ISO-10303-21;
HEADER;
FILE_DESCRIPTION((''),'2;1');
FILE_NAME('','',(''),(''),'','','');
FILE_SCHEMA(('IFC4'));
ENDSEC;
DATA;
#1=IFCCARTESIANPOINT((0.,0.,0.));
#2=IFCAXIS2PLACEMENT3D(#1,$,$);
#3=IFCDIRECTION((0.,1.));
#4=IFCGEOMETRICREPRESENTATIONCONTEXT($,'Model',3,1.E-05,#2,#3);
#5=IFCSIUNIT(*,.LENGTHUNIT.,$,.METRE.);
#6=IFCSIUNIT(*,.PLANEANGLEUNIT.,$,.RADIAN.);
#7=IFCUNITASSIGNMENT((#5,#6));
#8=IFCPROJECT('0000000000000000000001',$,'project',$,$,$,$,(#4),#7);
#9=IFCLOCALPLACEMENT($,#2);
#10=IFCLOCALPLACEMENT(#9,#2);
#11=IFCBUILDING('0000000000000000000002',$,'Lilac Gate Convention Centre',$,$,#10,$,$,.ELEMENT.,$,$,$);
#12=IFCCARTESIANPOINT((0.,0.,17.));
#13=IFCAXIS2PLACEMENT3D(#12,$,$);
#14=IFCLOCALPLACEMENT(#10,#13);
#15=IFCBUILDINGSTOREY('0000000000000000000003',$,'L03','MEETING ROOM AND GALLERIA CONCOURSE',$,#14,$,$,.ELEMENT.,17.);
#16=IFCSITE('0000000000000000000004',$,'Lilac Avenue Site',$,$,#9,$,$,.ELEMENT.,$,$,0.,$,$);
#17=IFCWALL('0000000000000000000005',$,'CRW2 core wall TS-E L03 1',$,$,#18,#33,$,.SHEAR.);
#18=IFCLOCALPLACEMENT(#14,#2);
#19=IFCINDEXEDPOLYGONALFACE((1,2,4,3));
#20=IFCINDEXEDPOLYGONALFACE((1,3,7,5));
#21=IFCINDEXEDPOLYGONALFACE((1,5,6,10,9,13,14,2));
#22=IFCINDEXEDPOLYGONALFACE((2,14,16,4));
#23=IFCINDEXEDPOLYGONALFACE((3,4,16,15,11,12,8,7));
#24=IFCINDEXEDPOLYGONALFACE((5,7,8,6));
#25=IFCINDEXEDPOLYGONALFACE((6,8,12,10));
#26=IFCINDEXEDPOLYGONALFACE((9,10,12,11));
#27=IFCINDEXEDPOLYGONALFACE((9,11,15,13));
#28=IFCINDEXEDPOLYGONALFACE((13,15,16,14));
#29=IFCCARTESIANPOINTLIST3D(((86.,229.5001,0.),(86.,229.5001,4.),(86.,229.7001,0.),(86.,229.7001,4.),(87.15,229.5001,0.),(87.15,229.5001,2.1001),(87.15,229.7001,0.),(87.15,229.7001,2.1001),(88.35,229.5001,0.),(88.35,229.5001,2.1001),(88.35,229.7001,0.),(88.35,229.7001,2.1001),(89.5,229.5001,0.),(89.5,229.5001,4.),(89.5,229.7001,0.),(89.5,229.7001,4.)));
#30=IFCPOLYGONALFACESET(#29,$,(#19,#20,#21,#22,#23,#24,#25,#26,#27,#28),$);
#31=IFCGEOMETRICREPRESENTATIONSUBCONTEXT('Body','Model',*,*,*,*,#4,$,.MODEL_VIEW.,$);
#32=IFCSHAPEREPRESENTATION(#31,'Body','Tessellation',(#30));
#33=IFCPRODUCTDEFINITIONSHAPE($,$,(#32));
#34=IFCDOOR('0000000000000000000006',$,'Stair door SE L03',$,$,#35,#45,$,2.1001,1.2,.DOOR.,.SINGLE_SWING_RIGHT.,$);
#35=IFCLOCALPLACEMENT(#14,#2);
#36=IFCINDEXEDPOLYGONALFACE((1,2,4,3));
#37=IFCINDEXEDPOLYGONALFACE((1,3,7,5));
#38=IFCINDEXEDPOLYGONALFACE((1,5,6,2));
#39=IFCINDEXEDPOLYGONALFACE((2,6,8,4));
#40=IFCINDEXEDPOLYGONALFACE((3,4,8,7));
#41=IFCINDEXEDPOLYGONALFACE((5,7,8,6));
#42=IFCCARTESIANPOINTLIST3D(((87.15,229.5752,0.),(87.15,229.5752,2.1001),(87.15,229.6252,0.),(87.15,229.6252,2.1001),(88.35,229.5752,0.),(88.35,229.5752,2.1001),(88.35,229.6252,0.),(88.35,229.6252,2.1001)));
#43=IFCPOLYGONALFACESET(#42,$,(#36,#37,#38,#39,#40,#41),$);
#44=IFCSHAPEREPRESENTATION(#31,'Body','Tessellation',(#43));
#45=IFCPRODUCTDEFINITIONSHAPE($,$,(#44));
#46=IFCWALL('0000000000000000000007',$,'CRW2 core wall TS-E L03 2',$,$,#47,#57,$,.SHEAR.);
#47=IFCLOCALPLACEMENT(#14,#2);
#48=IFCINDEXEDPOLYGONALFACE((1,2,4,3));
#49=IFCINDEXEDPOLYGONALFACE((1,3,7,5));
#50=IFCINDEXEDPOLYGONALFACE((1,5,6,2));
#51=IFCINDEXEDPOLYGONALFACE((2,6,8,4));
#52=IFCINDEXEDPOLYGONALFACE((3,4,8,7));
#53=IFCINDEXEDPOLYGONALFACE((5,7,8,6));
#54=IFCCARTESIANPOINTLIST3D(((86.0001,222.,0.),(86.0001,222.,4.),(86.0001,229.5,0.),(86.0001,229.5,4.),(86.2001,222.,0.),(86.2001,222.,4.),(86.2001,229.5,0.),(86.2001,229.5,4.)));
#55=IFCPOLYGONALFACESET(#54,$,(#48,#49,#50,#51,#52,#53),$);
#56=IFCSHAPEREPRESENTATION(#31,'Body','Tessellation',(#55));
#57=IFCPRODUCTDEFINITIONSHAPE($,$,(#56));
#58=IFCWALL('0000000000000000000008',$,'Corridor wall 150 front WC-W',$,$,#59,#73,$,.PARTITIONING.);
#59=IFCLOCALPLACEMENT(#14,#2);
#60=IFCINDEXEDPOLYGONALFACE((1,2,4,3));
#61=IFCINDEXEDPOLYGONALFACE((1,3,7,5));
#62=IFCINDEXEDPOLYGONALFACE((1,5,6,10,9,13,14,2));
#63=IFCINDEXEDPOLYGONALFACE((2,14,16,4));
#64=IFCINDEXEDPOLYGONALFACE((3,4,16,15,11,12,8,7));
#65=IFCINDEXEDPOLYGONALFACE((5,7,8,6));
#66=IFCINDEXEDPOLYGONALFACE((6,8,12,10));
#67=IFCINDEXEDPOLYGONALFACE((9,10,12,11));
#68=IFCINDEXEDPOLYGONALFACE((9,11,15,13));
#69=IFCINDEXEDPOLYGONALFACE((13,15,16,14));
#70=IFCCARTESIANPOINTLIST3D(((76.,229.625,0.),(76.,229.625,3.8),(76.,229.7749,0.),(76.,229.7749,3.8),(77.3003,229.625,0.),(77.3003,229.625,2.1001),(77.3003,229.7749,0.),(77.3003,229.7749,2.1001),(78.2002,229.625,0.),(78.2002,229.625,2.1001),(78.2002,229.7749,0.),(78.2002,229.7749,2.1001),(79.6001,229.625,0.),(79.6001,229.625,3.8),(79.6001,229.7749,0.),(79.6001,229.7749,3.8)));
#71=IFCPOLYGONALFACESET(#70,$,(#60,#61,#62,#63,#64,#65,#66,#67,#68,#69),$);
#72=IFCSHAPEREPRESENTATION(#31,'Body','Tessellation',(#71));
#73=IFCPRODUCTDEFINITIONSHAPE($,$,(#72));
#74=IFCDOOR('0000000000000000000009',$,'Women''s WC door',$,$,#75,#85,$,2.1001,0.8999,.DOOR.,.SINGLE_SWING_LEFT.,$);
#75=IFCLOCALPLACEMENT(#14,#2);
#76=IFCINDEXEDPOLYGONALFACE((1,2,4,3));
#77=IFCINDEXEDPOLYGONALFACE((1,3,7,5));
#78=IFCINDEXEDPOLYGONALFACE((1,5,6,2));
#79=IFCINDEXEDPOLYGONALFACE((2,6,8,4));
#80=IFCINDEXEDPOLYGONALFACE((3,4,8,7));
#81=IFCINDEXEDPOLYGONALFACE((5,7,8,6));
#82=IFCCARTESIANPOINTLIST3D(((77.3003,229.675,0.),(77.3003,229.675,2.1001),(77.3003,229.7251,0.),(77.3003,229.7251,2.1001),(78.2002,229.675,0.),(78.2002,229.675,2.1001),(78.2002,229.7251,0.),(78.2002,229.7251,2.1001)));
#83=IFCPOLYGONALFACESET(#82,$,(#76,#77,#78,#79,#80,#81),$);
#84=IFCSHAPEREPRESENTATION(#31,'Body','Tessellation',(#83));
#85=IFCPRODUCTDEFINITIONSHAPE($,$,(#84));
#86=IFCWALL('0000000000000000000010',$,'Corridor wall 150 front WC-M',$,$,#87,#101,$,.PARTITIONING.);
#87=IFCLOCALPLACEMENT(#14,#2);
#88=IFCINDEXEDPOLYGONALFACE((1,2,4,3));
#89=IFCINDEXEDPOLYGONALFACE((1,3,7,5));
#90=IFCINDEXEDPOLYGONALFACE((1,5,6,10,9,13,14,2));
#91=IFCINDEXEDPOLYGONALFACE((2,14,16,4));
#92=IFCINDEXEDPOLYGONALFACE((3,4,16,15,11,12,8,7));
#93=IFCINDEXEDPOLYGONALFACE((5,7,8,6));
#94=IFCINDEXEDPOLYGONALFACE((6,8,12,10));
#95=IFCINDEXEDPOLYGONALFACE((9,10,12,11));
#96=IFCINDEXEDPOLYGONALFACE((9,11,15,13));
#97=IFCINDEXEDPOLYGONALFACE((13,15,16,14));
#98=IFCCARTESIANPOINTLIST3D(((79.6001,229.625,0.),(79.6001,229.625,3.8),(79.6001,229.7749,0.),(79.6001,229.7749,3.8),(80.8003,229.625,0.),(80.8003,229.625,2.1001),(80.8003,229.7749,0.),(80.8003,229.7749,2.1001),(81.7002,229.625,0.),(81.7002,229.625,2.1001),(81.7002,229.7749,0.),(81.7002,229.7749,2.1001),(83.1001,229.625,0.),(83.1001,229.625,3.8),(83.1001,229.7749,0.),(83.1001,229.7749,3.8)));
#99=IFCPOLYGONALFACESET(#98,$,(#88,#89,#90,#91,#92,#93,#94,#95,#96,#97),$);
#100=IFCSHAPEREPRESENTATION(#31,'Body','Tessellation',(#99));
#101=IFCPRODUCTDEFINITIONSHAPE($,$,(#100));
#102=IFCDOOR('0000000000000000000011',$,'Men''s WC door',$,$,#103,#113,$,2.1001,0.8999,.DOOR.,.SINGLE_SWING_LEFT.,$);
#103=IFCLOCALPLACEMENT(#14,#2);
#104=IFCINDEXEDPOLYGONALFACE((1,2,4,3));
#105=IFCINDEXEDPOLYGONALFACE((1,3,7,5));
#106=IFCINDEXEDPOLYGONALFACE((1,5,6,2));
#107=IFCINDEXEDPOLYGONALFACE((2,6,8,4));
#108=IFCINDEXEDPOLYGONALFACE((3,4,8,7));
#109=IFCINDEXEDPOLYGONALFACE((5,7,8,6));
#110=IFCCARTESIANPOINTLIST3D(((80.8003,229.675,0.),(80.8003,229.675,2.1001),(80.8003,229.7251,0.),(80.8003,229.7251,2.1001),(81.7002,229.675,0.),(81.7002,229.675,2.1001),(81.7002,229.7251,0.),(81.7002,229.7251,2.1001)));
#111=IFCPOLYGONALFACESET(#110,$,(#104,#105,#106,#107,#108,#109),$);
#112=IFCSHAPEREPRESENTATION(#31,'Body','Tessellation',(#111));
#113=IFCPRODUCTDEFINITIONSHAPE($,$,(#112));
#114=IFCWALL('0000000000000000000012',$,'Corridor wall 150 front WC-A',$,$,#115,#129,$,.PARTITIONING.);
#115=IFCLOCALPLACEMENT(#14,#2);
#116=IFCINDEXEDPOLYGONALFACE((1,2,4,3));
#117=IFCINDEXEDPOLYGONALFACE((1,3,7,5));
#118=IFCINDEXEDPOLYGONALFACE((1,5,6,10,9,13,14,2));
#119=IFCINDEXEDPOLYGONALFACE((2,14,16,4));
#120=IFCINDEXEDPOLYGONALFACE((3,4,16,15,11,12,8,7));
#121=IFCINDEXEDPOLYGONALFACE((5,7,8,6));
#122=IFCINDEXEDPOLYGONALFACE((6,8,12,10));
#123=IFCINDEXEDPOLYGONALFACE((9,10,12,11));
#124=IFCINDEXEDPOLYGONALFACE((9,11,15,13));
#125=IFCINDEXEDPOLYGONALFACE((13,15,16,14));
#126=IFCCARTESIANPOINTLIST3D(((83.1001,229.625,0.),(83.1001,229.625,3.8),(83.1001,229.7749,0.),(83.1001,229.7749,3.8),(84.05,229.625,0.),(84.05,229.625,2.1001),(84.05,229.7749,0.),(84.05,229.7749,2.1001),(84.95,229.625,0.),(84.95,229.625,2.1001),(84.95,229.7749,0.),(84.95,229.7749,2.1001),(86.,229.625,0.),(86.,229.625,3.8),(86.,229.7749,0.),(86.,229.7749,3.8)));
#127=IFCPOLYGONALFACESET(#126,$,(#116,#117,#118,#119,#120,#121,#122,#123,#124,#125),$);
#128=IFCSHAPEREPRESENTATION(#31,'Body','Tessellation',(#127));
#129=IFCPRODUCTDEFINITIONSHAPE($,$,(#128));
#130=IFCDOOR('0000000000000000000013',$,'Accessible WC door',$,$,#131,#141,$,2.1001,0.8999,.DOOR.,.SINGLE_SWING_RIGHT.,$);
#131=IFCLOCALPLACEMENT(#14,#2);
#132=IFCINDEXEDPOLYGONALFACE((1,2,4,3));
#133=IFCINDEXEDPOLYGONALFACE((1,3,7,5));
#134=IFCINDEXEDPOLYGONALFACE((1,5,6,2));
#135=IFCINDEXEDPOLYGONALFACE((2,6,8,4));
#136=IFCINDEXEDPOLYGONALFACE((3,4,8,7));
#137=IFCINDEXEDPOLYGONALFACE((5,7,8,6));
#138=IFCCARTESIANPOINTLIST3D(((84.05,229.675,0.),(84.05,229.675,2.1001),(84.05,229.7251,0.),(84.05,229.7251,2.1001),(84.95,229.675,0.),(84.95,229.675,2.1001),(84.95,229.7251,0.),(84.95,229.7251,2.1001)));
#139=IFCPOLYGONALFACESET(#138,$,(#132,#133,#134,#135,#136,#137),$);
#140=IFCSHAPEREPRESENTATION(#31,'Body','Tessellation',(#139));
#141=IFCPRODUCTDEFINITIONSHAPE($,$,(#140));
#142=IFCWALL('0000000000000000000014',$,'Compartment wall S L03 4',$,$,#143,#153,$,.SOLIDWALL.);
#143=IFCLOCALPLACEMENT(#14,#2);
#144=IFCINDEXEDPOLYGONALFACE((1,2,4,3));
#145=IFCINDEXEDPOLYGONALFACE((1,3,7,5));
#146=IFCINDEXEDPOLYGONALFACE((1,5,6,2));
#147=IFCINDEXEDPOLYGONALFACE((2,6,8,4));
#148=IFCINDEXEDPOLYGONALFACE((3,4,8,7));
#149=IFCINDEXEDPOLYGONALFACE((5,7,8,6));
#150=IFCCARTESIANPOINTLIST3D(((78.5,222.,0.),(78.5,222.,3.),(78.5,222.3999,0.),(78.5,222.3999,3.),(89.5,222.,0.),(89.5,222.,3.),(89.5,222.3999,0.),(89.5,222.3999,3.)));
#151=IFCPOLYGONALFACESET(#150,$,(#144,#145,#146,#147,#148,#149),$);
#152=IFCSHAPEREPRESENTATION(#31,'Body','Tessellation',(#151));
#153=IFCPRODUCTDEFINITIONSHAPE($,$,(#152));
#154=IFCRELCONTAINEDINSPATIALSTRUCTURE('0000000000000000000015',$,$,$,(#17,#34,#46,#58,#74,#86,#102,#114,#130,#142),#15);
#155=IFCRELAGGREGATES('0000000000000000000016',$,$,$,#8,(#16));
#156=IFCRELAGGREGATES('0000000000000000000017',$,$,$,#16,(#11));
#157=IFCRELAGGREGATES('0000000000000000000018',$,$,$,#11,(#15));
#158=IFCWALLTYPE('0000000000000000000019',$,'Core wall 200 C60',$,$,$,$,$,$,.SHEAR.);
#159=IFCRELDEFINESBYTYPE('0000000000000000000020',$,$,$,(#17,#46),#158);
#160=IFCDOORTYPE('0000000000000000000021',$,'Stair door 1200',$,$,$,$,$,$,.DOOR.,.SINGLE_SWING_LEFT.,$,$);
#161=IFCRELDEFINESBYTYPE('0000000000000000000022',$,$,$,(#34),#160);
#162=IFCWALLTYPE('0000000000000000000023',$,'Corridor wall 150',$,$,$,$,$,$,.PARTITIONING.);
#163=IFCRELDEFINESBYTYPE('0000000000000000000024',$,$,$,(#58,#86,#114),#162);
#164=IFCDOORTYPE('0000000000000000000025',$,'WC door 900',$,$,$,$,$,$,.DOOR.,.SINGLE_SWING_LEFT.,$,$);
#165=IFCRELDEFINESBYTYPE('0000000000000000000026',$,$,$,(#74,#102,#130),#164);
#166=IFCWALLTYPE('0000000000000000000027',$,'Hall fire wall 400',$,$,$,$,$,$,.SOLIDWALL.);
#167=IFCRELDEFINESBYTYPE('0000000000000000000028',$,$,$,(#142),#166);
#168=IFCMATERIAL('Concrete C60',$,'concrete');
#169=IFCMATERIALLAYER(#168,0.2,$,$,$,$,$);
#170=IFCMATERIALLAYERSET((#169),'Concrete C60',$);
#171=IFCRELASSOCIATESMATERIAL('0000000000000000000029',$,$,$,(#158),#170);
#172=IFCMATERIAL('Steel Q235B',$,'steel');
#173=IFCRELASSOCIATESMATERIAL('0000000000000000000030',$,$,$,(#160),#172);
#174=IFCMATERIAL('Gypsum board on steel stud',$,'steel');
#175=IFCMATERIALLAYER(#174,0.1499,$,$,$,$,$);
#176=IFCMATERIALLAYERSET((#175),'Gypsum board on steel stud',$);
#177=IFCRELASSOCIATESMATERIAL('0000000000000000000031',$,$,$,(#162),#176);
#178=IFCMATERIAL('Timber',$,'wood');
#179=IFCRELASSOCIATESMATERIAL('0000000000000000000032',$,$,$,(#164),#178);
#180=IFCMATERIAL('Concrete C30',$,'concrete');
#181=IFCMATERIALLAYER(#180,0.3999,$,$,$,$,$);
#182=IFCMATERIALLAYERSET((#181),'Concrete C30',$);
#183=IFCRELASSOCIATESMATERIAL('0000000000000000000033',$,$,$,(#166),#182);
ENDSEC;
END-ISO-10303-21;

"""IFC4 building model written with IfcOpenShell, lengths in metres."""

from ifc_helpers import new_model, si_unit, direction, frame, frame_2d, origin, place, context, subcontext, project, spatial, rectangle, extrude, material, layer, layer_set, type_object, element, fill, save


model = new_model("IFC4")

# Units and contexts
model_context = context("Model", 3, precision=1e-05, world=origin(), true_north=direction((0.0, 1.0)))
body_context = subcontext(model_context, "Body", "Model", "MODEL_VIEW")
ifc_project = project(units=[si_unit("LENGTHUNIT", "METRE"), si_unit("PLANEANGLEUNIT", "RADIAN")], contexts=[model_context])

# Site, building, storey
site_placement = place(None, origin())
site = spatial("IfcSite", under=ifc_project, at=site_placement, Name="Lilac Avenue Site", CompositionType="ELEMENT", RefElevation=0.0)
building_placement = place(site_placement, origin())
building = spatial("IfcBuilding", under=site, at=building_placement, Name="Lilac Gate Convention Centre", CompositionType="ELEMENT")
storey_placement = place(building_placement, frame((0.0, 0.0, 17.0)))
storey = spatial("IfcBuildingStorey", under=building, at=storey_placement, Name="L03", Description="MEETING ROOM AND GALLERIA CONCOURSE", CompositionType="ELEMENT", Elevation=17.0)

# Shared definitions
ifc_material_1 = material(Name="Concrete C60", Category="concrete")

# Wall, opening, door
ifc_layer_1 = layer(ifc_material_1, 0.2)
ifc_layer_set_1 = layer_set([ifc_layer_1], Name="Concrete C60")
wall_type_1 = type_object("IfcWallType", Name="Core wall 200 C60", PredefinedType="SHEAR", material=ifc_layer_set_1)
wall_1_placement = place(storey_placement, frame((89.5, 229.6001, 0.0), z_axis=(0.0, 0.0, 1.0), x_axis=(-1.0, 0.0, 0.0)))
wall_1 = element("IfcWall", 1, at=wall_1_placement, inside=storey, type_object=wall_type_1, Name="CRW2 core wall TS-E L03 1", PredefinedType="SHEAR", context=body_context, shape_type="SweptSolid", body=[
    extrude(rectangle(XDim=3.5, YDim=0.2, at=frame_2d((1.75, 0.0))), origin(), (0.0, 0.0, 1.0), 4.0),
])
opening_1_placement = place(wall_1_placement, frame((1.1499, 0.0, 0.0)))
opening_1 = element("IfcOpeningElement", 2, at=opening_1_placement, cuts=wall_1, PredefinedType="OPENING", context=body_context, shape_type="SweptSolid", body=[
    extrude(rectangle(XDim=1.2, YDim=2.1001, at=frame_2d((0.6001, 1.05))), frame((0.0, 0.1099, 0.0), z_axis=(0.0, -1.0, 0.0), x_axis=(1.0, 0.0, 0.0)), (0.0, 0.0, 1.0), 0.22),
])
ifc_material_2 = material(Name="Steel Q235B", Category="steel")
door_type_1 = type_object("IfcDoorType", Name="Stair door 1200", OperationType="SINGLE_SWING_LEFT", PredefinedType="DOOR", material=ifc_material_2)
door_1_placement = place(opening_1_placement, origin())
door_1 = element("IfcDoor", 3, at=door_1_placement, inside=storey, type_object=door_type_1, Name="Stair door SE L03", OperationType="SINGLE_SWING_RIGHT", OverallHeight=2.1001, OverallWidth=1.2, PredefinedType="DOOR", context=body_context, shape_type="SweptSolid", body=[
    extrude(rectangle(XDim=1.2, YDim=2.1001, at=frame_2d((0.6001, 1.05))), frame((0.0, 0.0249, 0.0), z_axis=(0.0, -1.0, 0.0), x_axis=(1.0, 0.0, 0.0)), (0.0, 0.0, 1.0), 0.05),
])
fill(opening_1, door_1)

# Wall
wall_2_placement = place(storey_placement, frame((86.1001, 222.0, 0.0), z_axis=(0.0, 0.0, 1.0), x_axis=(0.0, 1.0, 0.0)))
element("IfcWall", 4, at=wall_2_placement, inside=storey, type_object=wall_type_1, Name="CRW2 core wall TS-E L03 2", PredefinedType="SHEAR", context=body_context, shape_type="SweptSolid", body=[
    extrude(rectangle(XDim=7.5, YDim=0.2, at=frame_2d((3.75, 0.0))), origin(), (0.0, 0.0, 1.0), 4.0),
])

# Walls, openings, doors
ifc_material_3 = material(Name="Gypsum board on steel stud", Category="steel")
ifc_layer_2 = layer(ifc_material_3, 0.1499)
ifc_layer_set_2 = layer_set([ifc_layer_2], Name="Gypsum board on steel stud")
wall_type_2 = type_object("IfcWallType", Name="Corridor wall 150", PredefinedType="PARTITIONING", material=ifc_layer_set_2)
wall_3_placement = place(storey_placement, frame((79.6001, 229.7, 0.0), z_axis=(0.0, 0.0, 1.0), x_axis=(-1.0, 0.0, 0.0)))
wall_3 = element("IfcWall", 5, at=wall_3_placement, inside=storey, type_object=wall_type_2, Name="Corridor wall 150 front WC-W", PredefinedType="PARTITIONING", context=body_context, shape_type="SweptSolid", body=[
    extrude(rectangle(XDim=3.6001, YDim=0.1499, at=frame_2d((1.8, 0.0))), origin(), (0.0, 0.0, 1.0), 3.8),
])
opening_2_placement = place(wall_3_placement, frame((1.3999, 0.0, 0.0)))
opening_2 = element("IfcOpeningElement", 6, at=opening_2_placement, cuts=wall_3, PredefinedType="OPENING", context=body_context, shape_type="SweptSolid", body=[
    extrude(rectangle(XDim=0.8999, YDim=2.1001, at=frame_2d((0.45, 1.05))), frame((0.0, 0.085, 0.0), z_axis=(0.0, -1.0, 0.0), x_axis=(1.0, 0.0, 0.0)), (0.0, 0.0, 1.0), 0.1699),
])
ifc_material_4 = material(Name="Timber", Category="wood")
door_type_2 = type_object("IfcDoorType", Name="WC door 900", OperationType="SINGLE_SWING_LEFT", PredefinedType="DOOR", material=ifc_material_4)
door_2_placement = place(opening_2_placement, origin())
door_2 = element("IfcDoor", 7, at=door_2_placement, inside=storey, type_object=door_type_2, Name="Women's WC door", OperationType="SINGLE_SWING_LEFT", OverallHeight=2.1001, OverallWidth=0.8999, PredefinedType="DOOR", context=body_context, shape_type="SweptSolid", body=[
    extrude(rectangle(XDim=0.8999, YDim=2.1001, at=frame_2d((0.45, 1.05))), frame((0.0, 0.0249, 0.0), z_axis=(0.0, -1.0, 0.0), x_axis=(1.0, 0.0, 0.0)), (0.0, 0.0, 1.0), 0.05),
])
fill(opening_2, door_2)
wall_4_placement = place(storey_placement, frame((83.1001, 229.7, 0.0), z_axis=(0.0, 0.0, 1.0), x_axis=(-1.0, 0.0, 0.0)))
wall_4 = element("IfcWall", 8, at=wall_4_placement, inside=storey, type_object=wall_type_2, Name="Corridor wall 150 front WC-M", PredefinedType="PARTITIONING", context=body_context, shape_type="SweptSolid", body=[
    extrude(rectangle(XDim=3.5, YDim=0.1499, at=frame_2d((1.75, 0.0))), origin(), (0.0, 0.0, 1.0), 3.8),
])
opening_3_placement = place(wall_4_placement, frame((1.3999, 0.0, 0.0)))
opening_3 = element("IfcOpeningElement", 9, at=opening_3_placement, cuts=wall_4, PredefinedType="OPENING", context=body_context, shape_type="SweptSolid", body=[
    extrude(rectangle(XDim=0.8999, YDim=2.1001, at=frame_2d((0.45, 1.05))), frame((0.0, 0.085, 0.0), z_axis=(0.0, -1.0, 0.0), x_axis=(1.0, 0.0, 0.0)), (0.0, 0.0, 1.0), 0.1699),
])
door_3_placement = place(opening_3_placement, origin())
door_3 = element("IfcDoor", 10, at=door_3_placement, inside=storey, type_object=door_type_2, Name="Men's WC door", OperationType="SINGLE_SWING_LEFT", OverallHeight=2.1001, OverallWidth=0.8999, PredefinedType="DOOR", context=body_context, shape_type="SweptSolid", body=[
    extrude(rectangle(XDim=0.8999, YDim=2.1001, at=frame_2d((0.45, 1.05))), frame((0.0, 0.0249, 0.0), z_axis=(0.0, -1.0, 0.0), x_axis=(1.0, 0.0, 0.0)), (0.0, 0.0, 1.0), 0.05),
])
fill(opening_3, door_3)
wall_5_placement = place(storey_placement, frame((86.0, 229.7, 0.0), z_axis=(0.0, 0.0, 1.0), x_axis=(-1.0, 0.0, 0.0)))
wall_5 = element("IfcWall", 11, at=wall_5_placement, inside=storey, type_object=wall_type_2, Name="Corridor wall 150 front WC-A", PredefinedType="PARTITIONING", context=body_context, shape_type="SweptSolid", body=[
    extrude(rectangle(XDim=2.8999, YDim=0.1499, at=frame_2d((1.45, 0.0))), origin(), (0.0, 0.0, 1.0), 3.8),
])
opening_4_placement = place(wall_5_placement, frame((1.05, 0.0, 0.0)))
opening_4 = element("IfcOpeningElement", 12, at=opening_4_placement, cuts=wall_5, PredefinedType="OPENING", context=body_context, shape_type="SweptSolid", body=[
    extrude(rectangle(XDim=0.8999, YDim=2.1001, at=frame_2d((0.45, 1.05))), frame((0.0, 0.085, 0.0), z_axis=(0.0, -1.0, 0.0), x_axis=(1.0, 0.0, 0.0)), (0.0, 0.0, 1.0), 0.1699),
])
door_4_placement = place(opening_4_placement, origin())
door_4 = element("IfcDoor", 13, at=door_4_placement, inside=storey, type_object=door_type_2, Name="Accessible WC door", OperationType="SINGLE_SWING_RIGHT", OverallHeight=2.1001, OverallWidth=0.8999, PredefinedType="DOOR", context=body_context, shape_type="SweptSolid", body=[
    extrude(rectangle(XDim=0.8999, YDim=2.1001, at=frame_2d((0.45, 1.05))), frame((0.0, 0.0249, 0.0), z_axis=(0.0, -1.0, 0.0), x_axis=(1.0, 0.0, 0.0)), (0.0, 0.0, 1.0), 0.05),
])
fill(opening_4, door_4)

# Wall
ifc_material_5 = material(Name="Concrete C30", Category="concrete")
ifc_layer_3 = layer(ifc_material_5, 0.3999)
ifc_layer_set_3 = layer_set([ifc_layer_3], Name="Concrete C30")
wall_type_3 = type_object("IfcWallType", Name="Hall fire wall 400", PredefinedType="SOLIDWALL", material=ifc_layer_set_3)
wall_6_placement = place(storey_placement, frame((78.5, 222.2, 0.0), z_axis=(0.0, 0.0, 1.0), x_axis=(1.0, 0.0, 0.0)))
element("IfcWall", 14, at=wall_6_placement, inside=storey, type_object=wall_type_3, Name="Compartment wall S L03 4", PredefinedType="SOLIDWALL", context=body_context, shape_type="SweptSolid", body=[
    extrude(rectangle(XDim=11.0, YDim=0.3999, at=frame_2d((5.5, 0.0))), origin(), (0.0, 0.0, 1.0), 3.0),
])

save(model, "model.ifc")
